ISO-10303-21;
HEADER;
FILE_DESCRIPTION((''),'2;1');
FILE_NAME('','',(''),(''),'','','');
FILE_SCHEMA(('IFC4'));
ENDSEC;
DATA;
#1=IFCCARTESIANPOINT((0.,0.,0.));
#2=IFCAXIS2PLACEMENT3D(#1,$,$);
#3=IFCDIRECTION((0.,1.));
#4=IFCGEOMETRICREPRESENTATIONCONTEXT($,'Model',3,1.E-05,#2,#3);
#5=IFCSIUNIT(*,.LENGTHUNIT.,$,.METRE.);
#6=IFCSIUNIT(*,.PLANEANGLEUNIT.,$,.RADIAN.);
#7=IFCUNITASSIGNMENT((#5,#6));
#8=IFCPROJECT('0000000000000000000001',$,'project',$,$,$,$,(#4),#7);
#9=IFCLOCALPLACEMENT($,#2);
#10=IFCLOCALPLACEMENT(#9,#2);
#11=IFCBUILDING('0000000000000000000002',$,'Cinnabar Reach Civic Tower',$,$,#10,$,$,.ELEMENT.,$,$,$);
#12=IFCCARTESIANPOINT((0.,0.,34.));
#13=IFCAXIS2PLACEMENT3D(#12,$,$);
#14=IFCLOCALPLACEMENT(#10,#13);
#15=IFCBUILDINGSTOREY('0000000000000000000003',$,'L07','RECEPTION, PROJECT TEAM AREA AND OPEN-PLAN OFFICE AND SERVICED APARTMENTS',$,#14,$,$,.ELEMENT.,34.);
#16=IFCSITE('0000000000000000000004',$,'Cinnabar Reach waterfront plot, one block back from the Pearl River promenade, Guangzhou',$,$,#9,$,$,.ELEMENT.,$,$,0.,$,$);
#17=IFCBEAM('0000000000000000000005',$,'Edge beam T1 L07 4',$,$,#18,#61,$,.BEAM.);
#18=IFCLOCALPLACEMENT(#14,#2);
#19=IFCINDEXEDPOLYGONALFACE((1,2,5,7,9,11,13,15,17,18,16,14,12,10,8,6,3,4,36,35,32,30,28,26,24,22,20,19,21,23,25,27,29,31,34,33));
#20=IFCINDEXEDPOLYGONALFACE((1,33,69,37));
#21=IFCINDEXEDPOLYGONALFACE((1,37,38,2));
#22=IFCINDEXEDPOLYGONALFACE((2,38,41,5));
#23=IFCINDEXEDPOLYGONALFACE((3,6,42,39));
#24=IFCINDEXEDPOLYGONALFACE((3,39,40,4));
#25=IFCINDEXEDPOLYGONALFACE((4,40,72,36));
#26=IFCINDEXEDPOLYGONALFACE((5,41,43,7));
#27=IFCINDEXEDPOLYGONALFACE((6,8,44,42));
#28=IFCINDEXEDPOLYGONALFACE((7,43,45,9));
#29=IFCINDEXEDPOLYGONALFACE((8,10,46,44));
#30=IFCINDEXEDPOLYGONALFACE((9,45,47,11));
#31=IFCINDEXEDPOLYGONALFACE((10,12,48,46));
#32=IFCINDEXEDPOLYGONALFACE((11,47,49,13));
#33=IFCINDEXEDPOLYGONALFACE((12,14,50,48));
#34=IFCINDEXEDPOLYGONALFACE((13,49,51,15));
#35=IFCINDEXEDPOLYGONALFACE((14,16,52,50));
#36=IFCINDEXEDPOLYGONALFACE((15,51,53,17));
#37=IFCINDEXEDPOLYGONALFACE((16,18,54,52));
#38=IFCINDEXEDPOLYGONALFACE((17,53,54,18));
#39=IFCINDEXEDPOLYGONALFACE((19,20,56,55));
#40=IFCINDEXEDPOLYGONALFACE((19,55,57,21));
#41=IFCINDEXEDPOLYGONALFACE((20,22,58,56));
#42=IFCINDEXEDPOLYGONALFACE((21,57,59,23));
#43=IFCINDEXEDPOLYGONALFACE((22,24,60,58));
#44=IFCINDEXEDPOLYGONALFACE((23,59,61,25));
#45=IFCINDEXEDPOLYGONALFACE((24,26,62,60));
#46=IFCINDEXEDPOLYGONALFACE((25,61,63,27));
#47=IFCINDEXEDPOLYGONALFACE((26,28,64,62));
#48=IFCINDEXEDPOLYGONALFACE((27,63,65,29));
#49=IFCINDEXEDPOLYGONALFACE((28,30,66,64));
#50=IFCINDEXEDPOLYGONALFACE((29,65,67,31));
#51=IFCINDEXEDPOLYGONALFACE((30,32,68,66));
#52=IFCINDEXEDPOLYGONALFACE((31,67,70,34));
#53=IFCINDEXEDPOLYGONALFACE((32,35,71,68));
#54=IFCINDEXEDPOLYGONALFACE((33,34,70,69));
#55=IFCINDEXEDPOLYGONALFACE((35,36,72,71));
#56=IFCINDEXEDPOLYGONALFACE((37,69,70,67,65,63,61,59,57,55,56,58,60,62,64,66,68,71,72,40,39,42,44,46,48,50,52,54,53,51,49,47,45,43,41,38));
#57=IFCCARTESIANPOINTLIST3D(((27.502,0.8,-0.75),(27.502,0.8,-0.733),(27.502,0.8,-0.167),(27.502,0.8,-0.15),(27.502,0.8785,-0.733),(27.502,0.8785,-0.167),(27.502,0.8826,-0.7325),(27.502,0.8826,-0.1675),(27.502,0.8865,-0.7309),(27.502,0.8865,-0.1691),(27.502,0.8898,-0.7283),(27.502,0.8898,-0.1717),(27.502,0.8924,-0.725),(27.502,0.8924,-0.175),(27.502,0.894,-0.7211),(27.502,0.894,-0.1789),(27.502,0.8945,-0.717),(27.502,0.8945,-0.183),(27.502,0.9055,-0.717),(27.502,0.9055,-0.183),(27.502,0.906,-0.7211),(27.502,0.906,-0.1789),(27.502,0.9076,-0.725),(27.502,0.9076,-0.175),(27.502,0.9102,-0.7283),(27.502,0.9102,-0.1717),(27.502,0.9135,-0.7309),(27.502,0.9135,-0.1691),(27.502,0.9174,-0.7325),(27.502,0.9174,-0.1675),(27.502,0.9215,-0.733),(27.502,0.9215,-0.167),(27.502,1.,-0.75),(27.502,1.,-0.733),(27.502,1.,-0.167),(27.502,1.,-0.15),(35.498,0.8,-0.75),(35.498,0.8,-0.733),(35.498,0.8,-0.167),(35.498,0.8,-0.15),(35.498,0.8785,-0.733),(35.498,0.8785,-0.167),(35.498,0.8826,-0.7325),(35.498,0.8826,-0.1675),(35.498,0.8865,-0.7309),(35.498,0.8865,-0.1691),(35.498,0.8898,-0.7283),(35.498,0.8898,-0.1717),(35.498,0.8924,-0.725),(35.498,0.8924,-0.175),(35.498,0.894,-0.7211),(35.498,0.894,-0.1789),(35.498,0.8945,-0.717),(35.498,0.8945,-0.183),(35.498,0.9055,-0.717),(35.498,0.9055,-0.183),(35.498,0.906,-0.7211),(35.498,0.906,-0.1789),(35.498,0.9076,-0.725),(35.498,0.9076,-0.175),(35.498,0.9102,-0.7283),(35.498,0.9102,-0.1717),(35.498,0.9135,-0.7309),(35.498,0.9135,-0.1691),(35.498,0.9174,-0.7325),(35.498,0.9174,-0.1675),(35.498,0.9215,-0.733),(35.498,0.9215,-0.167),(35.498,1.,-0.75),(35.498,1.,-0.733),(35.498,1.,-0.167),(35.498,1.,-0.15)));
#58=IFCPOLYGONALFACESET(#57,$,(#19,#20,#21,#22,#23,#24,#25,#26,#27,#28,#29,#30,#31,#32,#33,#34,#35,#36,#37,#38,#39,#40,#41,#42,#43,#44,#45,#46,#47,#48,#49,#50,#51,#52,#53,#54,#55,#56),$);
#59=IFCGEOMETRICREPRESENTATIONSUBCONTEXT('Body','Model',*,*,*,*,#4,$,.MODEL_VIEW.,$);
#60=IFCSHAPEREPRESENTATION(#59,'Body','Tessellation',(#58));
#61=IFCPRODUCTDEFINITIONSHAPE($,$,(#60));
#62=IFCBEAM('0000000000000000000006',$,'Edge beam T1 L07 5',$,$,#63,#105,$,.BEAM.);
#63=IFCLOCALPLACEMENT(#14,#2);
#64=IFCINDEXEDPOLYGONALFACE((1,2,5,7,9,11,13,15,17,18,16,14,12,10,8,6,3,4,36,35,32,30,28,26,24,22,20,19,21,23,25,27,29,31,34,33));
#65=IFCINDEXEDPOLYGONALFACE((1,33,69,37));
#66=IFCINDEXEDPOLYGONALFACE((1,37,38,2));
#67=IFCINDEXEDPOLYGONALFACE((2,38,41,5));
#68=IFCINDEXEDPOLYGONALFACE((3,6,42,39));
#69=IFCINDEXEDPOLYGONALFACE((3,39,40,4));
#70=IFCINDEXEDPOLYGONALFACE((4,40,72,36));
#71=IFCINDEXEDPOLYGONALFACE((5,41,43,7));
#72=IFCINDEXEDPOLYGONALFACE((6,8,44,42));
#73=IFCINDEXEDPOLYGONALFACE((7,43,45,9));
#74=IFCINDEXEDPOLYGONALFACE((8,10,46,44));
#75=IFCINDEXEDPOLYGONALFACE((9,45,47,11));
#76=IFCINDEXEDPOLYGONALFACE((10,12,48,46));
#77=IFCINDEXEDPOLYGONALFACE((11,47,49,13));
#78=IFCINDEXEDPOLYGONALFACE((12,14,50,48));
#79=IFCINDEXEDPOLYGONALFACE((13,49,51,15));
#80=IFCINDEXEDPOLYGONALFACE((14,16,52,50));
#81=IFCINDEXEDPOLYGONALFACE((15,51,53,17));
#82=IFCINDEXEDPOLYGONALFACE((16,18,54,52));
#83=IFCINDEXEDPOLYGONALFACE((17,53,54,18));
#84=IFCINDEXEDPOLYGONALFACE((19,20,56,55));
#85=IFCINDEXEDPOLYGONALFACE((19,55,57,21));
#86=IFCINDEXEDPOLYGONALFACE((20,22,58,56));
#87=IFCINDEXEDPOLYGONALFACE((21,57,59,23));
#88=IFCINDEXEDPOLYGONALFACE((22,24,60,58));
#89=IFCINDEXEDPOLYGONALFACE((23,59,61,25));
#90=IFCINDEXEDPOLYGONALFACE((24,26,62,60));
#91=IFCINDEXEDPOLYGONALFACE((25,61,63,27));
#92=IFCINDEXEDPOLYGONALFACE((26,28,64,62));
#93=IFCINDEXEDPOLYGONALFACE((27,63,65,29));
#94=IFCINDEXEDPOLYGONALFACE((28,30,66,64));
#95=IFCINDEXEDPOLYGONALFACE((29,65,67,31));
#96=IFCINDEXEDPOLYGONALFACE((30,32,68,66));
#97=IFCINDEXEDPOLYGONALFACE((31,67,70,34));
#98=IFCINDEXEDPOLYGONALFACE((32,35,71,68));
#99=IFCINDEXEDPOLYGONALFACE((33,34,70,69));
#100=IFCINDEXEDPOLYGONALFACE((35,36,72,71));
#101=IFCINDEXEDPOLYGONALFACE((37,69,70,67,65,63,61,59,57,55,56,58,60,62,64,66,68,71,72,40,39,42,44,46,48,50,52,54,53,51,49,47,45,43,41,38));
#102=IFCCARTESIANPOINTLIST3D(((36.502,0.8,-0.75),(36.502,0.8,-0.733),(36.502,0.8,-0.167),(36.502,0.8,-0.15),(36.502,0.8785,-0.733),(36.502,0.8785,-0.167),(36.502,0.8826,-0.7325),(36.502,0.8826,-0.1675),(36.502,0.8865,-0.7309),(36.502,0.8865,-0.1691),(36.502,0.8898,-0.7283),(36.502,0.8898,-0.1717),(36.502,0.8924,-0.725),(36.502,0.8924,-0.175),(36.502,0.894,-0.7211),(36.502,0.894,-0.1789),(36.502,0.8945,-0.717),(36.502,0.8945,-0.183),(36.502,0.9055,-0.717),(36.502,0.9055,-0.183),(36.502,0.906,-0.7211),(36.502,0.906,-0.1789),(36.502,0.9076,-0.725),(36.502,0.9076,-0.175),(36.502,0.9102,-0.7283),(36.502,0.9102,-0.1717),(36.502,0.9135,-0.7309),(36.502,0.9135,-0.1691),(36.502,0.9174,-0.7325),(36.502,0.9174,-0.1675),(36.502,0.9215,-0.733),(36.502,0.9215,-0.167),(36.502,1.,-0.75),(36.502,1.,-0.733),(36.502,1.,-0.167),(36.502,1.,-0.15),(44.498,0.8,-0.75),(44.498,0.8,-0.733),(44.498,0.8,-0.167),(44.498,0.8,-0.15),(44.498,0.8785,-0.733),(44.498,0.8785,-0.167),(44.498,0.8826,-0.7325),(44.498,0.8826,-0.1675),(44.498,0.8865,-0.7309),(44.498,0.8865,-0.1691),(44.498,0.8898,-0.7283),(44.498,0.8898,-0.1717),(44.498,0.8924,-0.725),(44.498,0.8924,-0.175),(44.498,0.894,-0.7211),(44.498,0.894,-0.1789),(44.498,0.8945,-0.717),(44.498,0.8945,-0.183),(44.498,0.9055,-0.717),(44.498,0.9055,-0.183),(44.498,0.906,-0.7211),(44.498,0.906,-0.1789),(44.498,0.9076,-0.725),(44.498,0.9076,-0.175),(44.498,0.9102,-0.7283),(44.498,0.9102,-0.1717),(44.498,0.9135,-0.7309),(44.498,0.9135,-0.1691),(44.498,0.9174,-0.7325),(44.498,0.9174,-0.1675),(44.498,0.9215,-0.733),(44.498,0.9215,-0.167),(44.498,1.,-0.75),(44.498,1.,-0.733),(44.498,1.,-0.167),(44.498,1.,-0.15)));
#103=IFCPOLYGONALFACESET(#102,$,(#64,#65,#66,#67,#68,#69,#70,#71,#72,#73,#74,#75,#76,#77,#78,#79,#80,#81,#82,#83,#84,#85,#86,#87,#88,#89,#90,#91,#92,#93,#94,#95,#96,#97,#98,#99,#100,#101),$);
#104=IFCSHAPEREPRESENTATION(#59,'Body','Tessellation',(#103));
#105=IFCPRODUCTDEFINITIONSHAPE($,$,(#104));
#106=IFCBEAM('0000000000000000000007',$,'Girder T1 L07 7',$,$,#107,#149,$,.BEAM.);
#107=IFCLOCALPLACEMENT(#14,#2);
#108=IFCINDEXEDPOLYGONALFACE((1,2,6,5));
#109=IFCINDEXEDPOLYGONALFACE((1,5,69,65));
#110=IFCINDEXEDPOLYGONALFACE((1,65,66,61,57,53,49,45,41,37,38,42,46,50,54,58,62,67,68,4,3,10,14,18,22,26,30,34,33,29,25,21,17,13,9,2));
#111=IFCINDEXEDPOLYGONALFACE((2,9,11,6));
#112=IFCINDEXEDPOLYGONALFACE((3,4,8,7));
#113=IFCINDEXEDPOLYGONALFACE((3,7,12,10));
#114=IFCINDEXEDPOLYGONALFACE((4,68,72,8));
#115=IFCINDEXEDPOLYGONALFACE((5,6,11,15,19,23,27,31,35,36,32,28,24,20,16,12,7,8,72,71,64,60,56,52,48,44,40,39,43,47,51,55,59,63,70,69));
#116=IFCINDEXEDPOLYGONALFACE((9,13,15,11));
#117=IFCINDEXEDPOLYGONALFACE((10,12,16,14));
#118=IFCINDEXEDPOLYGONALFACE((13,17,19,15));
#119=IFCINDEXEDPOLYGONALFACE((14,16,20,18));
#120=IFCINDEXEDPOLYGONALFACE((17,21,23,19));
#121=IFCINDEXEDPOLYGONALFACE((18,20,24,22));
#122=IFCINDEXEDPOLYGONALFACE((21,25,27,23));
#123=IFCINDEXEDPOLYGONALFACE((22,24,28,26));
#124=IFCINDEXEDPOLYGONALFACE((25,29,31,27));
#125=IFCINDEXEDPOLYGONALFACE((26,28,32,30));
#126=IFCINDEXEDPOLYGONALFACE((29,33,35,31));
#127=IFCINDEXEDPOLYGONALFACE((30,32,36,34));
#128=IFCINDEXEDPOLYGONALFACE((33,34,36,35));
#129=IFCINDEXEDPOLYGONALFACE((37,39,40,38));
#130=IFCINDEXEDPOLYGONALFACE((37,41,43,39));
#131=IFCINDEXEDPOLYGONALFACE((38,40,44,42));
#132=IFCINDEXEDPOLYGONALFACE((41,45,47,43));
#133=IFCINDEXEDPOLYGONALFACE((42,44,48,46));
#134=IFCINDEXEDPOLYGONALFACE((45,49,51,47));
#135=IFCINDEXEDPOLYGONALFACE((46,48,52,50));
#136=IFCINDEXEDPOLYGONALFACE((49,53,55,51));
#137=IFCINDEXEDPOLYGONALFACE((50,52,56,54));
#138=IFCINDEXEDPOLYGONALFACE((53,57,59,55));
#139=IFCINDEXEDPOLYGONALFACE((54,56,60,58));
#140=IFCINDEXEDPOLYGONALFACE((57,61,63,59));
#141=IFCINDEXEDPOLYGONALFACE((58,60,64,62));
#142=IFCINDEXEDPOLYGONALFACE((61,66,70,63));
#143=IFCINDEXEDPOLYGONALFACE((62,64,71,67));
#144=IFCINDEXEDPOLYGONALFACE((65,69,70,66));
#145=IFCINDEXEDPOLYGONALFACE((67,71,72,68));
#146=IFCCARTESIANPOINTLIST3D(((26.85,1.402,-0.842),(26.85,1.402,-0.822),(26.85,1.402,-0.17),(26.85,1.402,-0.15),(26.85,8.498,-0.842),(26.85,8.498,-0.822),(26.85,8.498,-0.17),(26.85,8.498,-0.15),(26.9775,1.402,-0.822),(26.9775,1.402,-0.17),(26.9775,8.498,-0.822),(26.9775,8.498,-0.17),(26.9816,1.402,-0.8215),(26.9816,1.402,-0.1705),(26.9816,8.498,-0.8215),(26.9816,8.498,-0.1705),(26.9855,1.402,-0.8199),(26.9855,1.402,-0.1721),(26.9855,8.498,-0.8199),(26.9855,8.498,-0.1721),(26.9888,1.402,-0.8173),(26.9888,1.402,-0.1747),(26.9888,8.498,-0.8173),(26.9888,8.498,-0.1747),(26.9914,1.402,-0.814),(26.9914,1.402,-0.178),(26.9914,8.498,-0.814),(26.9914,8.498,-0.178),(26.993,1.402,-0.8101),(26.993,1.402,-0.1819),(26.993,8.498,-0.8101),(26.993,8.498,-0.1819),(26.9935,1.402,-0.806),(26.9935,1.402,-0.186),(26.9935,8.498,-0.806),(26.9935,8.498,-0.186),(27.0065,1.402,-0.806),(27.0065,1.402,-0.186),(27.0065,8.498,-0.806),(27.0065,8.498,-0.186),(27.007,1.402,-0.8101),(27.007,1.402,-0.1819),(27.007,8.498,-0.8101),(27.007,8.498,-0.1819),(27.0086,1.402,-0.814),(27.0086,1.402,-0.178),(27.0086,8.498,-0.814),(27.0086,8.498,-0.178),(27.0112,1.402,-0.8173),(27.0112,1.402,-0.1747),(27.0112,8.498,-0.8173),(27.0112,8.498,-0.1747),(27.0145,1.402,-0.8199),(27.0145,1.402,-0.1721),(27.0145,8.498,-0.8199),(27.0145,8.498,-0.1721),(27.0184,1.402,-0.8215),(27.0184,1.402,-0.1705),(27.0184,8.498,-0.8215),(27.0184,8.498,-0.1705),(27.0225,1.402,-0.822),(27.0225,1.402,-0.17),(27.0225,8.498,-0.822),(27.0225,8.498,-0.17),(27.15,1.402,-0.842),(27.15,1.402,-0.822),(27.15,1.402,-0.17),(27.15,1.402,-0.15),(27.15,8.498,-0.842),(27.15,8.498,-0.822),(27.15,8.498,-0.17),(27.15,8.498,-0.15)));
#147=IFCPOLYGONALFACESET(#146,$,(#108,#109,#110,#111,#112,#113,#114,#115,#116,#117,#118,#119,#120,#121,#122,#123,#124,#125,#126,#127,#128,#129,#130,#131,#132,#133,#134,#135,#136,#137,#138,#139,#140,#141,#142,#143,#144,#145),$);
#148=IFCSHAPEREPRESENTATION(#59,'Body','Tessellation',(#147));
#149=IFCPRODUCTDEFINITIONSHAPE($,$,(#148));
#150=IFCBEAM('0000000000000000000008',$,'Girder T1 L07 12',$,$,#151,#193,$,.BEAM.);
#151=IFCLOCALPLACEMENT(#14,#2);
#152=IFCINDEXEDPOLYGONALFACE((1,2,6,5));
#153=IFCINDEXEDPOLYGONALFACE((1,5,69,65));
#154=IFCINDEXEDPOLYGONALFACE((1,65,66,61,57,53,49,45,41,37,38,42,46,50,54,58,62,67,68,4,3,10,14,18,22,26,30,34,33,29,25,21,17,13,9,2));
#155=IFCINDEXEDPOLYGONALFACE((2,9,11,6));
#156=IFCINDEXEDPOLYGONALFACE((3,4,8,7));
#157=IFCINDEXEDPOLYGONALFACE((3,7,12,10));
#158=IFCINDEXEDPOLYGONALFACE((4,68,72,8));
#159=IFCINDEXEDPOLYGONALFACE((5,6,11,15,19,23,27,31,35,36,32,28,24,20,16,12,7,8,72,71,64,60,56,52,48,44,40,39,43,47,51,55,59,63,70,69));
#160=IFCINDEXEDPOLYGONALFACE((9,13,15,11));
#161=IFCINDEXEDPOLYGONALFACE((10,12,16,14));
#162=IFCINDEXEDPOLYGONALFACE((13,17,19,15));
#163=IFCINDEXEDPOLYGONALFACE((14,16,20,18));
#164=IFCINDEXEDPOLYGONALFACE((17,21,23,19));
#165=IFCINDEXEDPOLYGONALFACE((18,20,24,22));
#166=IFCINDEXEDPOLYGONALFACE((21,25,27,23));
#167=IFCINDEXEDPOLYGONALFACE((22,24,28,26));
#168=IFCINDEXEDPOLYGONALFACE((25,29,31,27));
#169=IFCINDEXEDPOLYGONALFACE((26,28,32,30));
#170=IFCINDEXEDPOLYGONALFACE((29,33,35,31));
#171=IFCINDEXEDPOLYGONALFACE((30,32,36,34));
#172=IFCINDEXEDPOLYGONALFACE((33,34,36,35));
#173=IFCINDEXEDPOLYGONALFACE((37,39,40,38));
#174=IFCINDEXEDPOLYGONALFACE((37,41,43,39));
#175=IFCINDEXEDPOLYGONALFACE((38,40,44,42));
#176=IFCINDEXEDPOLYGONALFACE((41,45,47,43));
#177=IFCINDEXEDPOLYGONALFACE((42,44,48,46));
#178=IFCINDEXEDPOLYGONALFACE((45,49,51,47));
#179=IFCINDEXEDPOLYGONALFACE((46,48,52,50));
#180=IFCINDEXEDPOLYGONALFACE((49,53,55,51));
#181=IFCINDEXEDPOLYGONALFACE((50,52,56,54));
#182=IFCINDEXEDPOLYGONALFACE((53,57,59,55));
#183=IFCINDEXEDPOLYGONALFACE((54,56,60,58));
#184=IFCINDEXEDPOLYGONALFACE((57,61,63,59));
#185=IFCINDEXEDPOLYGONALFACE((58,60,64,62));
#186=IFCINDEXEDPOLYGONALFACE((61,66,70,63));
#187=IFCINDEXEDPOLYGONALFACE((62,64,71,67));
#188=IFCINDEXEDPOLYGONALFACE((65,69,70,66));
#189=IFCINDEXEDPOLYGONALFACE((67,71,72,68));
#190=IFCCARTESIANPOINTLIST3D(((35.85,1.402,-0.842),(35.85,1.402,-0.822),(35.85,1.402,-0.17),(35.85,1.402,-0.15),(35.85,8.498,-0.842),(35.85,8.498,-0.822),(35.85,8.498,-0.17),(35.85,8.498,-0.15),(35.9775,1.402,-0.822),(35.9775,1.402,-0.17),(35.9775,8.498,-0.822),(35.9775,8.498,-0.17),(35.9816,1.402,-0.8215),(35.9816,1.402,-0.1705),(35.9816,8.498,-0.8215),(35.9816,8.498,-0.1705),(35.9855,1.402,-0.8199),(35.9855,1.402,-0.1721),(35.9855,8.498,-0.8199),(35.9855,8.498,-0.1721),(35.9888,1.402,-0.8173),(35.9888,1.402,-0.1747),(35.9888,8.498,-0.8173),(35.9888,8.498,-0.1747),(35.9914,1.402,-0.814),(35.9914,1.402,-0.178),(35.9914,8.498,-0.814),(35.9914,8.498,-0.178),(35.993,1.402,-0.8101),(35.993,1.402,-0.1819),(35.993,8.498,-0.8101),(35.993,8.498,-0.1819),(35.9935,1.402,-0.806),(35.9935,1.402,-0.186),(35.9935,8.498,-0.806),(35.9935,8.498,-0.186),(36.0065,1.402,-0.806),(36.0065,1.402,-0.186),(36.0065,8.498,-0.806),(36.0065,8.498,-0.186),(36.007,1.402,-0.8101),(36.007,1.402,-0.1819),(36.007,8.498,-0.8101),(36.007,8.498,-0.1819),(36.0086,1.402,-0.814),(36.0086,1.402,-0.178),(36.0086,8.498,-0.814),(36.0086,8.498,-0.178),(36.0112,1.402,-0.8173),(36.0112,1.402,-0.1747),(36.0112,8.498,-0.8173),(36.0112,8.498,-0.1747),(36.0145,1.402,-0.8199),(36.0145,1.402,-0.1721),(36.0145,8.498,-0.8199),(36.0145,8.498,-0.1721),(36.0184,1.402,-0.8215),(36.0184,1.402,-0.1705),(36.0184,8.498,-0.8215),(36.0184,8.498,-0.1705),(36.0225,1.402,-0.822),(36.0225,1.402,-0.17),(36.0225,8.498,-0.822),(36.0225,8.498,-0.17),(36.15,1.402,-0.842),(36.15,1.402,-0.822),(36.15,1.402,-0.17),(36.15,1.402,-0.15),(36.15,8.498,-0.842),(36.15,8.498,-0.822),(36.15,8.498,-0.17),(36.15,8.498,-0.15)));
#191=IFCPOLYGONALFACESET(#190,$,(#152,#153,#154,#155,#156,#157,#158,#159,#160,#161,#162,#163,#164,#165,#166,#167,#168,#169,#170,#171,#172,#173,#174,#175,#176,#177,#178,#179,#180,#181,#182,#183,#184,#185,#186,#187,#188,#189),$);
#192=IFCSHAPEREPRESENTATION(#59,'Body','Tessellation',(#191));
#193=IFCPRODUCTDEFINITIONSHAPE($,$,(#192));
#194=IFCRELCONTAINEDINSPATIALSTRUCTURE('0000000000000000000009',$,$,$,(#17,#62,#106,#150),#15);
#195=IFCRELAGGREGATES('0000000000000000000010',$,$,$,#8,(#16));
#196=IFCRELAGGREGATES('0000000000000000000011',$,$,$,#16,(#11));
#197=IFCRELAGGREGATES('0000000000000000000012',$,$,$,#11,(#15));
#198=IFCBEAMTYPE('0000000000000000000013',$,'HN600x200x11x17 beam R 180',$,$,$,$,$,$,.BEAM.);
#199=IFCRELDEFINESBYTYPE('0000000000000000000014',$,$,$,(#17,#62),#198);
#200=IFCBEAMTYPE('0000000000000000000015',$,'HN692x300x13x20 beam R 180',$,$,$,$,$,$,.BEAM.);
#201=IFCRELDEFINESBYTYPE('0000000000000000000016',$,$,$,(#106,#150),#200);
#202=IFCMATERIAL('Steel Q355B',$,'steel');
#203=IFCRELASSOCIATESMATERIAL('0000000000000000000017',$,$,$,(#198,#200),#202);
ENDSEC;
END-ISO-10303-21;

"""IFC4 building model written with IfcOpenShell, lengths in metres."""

from ifc_helpers import new_model, si_unit, direction, frame, origin, origin_2d, place, context, subcontext, project, spatial, i_section, extrude, material, material_profile, profile_set, type_object, element, save


model = new_model("IFC4")

# Units and contexts
model_context = context("Model", 3, precision=1e-05, world=origin(), true_north=direction((0.0, 1.0)))
body_context = subcontext(model_context, "Body", "Model", "MODEL_VIEW")
ifc_project = project(units=[si_unit("LENGTHUNIT", "METRE"), si_unit("PLANEANGLEUNIT", "RADIAN")], contexts=[model_context])

# Site, building, storey
site_placement = place(None, origin())
site = spatial("IfcSite", under=ifc_project, at=site_placement, Name="Cinnabar Reach waterfront plot, one block back from the Pearl River promenade, Guangzhou", CompositionType="ELEMENT", RefElevation=0.0)
building_placement = place(site_placement, origin())
building = spatial("IfcBuilding", under=site, at=building_placement, Name="Cinnabar Reach Civic Tower", CompositionType="ELEMENT")
storey_placement = place(building_placement, frame((0.0, 0.0, 34.0)))
storey = spatial("IfcBuildingStorey", under=building, at=storey_placement, Name="L07", Description="RECEPTION, PROJECT TEAM AREA AND OPEN-PLAN OFFICE AND SERVICED APARTMENTS", CompositionType="ELEMENT", Elevation=34.0)

# Beams
ifc_material_1 = material(Name="Steel Q355B", Category="steel")
ifc_material_profile_1 = material_profile(ifc_material_1, i_section(OverallWidth=0.2, OverallDepth=0.6, WebThickness=0.011, FlangeThickness=0.017, FilletRadius=0.016, at=origin_2d()), Name="HN600x200x11x17")
ifc_profile_set_1 = profile_set([ifc_material_profile_1], Name="Steel Q355B")
beam_type_1 = type_object("IfcBeamType", Name="HN600x200x11x17 beam R 180", PredefinedType="BEAM", material=ifc_profile_set_1)
for number, where, z_axis, x_axis, name in (
    (1, (27.502, 0.9, -0.45), (1.0, 0.0, 0.0), (0.0, 1.0, 0.0), "Edge beam T1 L07 4"),
    (2, (36.502, 0.9, -0.45), (1.0, 0.0, 0.0), (0.0, 1.0, 0.0), "Edge beam T1 L07 5"),
):
    element("IfcBeam", number, at=place(storey_placement, frame(where, z_axis=z_axis, x_axis=x_axis)), inside=storey, type_object=beam_type_1, Name=name, PredefinedType="BEAM", context=body_context, shape_type="SweptSolid", body=[
        extrude(i_section(OverallWidth=0.2, OverallDepth=0.6, WebThickness=0.011, FlangeThickness=0.017, FilletRadius=0.016, at=origin_2d()), origin(), (0.0, 0.0, 1.0), 7.996),
    ])
ifc_material_profile_2 = material_profile(ifc_material_1, i_section(OverallWidth=0.3, OverallDepth=0.692, WebThickness=0.013, FlangeThickness=0.02, FilletRadius=0.016, at=origin_2d()), Name="HN692x300x13x20")
ifc_profile_set_2 = profile_set([ifc_material_profile_2], Name="Steel Q355B")
beam_type_2 = type_object("IfcBeamType", Name="HN692x300x13x20 beam R 180", PredefinedType="BEAM", material=ifc_profile_set_2)
for number, where, z_axis, x_axis, name in (
    (3, (27.0, 1.402, -0.496), (0.0, 1.0, 0.0), (-1.0, 0.0, 0.0), "Girder T1 L07 7"),
    (4, (36.0, 1.402, -0.496), (0.0, 1.0, 0.0), (-1.0, 0.0, 0.0), "Girder T1 L07 12"),
):
    element("IfcBeam", number, at=place(storey_placement, frame(where, z_axis=z_axis, x_axis=x_axis)), inside=storey, type_object=beam_type_2, Name=name, PredefinedType="BEAM", context=body_context, shape_type="SweptSolid", body=[
        extrude(i_section(OverallWidth=0.3, OverallDepth=0.692, WebThickness=0.013, FlangeThickness=0.02, FilletRadius=0.016, at=origin_2d()), origin(), (0.0, 0.0, 1.0), 7.096),
    ])

save(model, "model.ifc")
